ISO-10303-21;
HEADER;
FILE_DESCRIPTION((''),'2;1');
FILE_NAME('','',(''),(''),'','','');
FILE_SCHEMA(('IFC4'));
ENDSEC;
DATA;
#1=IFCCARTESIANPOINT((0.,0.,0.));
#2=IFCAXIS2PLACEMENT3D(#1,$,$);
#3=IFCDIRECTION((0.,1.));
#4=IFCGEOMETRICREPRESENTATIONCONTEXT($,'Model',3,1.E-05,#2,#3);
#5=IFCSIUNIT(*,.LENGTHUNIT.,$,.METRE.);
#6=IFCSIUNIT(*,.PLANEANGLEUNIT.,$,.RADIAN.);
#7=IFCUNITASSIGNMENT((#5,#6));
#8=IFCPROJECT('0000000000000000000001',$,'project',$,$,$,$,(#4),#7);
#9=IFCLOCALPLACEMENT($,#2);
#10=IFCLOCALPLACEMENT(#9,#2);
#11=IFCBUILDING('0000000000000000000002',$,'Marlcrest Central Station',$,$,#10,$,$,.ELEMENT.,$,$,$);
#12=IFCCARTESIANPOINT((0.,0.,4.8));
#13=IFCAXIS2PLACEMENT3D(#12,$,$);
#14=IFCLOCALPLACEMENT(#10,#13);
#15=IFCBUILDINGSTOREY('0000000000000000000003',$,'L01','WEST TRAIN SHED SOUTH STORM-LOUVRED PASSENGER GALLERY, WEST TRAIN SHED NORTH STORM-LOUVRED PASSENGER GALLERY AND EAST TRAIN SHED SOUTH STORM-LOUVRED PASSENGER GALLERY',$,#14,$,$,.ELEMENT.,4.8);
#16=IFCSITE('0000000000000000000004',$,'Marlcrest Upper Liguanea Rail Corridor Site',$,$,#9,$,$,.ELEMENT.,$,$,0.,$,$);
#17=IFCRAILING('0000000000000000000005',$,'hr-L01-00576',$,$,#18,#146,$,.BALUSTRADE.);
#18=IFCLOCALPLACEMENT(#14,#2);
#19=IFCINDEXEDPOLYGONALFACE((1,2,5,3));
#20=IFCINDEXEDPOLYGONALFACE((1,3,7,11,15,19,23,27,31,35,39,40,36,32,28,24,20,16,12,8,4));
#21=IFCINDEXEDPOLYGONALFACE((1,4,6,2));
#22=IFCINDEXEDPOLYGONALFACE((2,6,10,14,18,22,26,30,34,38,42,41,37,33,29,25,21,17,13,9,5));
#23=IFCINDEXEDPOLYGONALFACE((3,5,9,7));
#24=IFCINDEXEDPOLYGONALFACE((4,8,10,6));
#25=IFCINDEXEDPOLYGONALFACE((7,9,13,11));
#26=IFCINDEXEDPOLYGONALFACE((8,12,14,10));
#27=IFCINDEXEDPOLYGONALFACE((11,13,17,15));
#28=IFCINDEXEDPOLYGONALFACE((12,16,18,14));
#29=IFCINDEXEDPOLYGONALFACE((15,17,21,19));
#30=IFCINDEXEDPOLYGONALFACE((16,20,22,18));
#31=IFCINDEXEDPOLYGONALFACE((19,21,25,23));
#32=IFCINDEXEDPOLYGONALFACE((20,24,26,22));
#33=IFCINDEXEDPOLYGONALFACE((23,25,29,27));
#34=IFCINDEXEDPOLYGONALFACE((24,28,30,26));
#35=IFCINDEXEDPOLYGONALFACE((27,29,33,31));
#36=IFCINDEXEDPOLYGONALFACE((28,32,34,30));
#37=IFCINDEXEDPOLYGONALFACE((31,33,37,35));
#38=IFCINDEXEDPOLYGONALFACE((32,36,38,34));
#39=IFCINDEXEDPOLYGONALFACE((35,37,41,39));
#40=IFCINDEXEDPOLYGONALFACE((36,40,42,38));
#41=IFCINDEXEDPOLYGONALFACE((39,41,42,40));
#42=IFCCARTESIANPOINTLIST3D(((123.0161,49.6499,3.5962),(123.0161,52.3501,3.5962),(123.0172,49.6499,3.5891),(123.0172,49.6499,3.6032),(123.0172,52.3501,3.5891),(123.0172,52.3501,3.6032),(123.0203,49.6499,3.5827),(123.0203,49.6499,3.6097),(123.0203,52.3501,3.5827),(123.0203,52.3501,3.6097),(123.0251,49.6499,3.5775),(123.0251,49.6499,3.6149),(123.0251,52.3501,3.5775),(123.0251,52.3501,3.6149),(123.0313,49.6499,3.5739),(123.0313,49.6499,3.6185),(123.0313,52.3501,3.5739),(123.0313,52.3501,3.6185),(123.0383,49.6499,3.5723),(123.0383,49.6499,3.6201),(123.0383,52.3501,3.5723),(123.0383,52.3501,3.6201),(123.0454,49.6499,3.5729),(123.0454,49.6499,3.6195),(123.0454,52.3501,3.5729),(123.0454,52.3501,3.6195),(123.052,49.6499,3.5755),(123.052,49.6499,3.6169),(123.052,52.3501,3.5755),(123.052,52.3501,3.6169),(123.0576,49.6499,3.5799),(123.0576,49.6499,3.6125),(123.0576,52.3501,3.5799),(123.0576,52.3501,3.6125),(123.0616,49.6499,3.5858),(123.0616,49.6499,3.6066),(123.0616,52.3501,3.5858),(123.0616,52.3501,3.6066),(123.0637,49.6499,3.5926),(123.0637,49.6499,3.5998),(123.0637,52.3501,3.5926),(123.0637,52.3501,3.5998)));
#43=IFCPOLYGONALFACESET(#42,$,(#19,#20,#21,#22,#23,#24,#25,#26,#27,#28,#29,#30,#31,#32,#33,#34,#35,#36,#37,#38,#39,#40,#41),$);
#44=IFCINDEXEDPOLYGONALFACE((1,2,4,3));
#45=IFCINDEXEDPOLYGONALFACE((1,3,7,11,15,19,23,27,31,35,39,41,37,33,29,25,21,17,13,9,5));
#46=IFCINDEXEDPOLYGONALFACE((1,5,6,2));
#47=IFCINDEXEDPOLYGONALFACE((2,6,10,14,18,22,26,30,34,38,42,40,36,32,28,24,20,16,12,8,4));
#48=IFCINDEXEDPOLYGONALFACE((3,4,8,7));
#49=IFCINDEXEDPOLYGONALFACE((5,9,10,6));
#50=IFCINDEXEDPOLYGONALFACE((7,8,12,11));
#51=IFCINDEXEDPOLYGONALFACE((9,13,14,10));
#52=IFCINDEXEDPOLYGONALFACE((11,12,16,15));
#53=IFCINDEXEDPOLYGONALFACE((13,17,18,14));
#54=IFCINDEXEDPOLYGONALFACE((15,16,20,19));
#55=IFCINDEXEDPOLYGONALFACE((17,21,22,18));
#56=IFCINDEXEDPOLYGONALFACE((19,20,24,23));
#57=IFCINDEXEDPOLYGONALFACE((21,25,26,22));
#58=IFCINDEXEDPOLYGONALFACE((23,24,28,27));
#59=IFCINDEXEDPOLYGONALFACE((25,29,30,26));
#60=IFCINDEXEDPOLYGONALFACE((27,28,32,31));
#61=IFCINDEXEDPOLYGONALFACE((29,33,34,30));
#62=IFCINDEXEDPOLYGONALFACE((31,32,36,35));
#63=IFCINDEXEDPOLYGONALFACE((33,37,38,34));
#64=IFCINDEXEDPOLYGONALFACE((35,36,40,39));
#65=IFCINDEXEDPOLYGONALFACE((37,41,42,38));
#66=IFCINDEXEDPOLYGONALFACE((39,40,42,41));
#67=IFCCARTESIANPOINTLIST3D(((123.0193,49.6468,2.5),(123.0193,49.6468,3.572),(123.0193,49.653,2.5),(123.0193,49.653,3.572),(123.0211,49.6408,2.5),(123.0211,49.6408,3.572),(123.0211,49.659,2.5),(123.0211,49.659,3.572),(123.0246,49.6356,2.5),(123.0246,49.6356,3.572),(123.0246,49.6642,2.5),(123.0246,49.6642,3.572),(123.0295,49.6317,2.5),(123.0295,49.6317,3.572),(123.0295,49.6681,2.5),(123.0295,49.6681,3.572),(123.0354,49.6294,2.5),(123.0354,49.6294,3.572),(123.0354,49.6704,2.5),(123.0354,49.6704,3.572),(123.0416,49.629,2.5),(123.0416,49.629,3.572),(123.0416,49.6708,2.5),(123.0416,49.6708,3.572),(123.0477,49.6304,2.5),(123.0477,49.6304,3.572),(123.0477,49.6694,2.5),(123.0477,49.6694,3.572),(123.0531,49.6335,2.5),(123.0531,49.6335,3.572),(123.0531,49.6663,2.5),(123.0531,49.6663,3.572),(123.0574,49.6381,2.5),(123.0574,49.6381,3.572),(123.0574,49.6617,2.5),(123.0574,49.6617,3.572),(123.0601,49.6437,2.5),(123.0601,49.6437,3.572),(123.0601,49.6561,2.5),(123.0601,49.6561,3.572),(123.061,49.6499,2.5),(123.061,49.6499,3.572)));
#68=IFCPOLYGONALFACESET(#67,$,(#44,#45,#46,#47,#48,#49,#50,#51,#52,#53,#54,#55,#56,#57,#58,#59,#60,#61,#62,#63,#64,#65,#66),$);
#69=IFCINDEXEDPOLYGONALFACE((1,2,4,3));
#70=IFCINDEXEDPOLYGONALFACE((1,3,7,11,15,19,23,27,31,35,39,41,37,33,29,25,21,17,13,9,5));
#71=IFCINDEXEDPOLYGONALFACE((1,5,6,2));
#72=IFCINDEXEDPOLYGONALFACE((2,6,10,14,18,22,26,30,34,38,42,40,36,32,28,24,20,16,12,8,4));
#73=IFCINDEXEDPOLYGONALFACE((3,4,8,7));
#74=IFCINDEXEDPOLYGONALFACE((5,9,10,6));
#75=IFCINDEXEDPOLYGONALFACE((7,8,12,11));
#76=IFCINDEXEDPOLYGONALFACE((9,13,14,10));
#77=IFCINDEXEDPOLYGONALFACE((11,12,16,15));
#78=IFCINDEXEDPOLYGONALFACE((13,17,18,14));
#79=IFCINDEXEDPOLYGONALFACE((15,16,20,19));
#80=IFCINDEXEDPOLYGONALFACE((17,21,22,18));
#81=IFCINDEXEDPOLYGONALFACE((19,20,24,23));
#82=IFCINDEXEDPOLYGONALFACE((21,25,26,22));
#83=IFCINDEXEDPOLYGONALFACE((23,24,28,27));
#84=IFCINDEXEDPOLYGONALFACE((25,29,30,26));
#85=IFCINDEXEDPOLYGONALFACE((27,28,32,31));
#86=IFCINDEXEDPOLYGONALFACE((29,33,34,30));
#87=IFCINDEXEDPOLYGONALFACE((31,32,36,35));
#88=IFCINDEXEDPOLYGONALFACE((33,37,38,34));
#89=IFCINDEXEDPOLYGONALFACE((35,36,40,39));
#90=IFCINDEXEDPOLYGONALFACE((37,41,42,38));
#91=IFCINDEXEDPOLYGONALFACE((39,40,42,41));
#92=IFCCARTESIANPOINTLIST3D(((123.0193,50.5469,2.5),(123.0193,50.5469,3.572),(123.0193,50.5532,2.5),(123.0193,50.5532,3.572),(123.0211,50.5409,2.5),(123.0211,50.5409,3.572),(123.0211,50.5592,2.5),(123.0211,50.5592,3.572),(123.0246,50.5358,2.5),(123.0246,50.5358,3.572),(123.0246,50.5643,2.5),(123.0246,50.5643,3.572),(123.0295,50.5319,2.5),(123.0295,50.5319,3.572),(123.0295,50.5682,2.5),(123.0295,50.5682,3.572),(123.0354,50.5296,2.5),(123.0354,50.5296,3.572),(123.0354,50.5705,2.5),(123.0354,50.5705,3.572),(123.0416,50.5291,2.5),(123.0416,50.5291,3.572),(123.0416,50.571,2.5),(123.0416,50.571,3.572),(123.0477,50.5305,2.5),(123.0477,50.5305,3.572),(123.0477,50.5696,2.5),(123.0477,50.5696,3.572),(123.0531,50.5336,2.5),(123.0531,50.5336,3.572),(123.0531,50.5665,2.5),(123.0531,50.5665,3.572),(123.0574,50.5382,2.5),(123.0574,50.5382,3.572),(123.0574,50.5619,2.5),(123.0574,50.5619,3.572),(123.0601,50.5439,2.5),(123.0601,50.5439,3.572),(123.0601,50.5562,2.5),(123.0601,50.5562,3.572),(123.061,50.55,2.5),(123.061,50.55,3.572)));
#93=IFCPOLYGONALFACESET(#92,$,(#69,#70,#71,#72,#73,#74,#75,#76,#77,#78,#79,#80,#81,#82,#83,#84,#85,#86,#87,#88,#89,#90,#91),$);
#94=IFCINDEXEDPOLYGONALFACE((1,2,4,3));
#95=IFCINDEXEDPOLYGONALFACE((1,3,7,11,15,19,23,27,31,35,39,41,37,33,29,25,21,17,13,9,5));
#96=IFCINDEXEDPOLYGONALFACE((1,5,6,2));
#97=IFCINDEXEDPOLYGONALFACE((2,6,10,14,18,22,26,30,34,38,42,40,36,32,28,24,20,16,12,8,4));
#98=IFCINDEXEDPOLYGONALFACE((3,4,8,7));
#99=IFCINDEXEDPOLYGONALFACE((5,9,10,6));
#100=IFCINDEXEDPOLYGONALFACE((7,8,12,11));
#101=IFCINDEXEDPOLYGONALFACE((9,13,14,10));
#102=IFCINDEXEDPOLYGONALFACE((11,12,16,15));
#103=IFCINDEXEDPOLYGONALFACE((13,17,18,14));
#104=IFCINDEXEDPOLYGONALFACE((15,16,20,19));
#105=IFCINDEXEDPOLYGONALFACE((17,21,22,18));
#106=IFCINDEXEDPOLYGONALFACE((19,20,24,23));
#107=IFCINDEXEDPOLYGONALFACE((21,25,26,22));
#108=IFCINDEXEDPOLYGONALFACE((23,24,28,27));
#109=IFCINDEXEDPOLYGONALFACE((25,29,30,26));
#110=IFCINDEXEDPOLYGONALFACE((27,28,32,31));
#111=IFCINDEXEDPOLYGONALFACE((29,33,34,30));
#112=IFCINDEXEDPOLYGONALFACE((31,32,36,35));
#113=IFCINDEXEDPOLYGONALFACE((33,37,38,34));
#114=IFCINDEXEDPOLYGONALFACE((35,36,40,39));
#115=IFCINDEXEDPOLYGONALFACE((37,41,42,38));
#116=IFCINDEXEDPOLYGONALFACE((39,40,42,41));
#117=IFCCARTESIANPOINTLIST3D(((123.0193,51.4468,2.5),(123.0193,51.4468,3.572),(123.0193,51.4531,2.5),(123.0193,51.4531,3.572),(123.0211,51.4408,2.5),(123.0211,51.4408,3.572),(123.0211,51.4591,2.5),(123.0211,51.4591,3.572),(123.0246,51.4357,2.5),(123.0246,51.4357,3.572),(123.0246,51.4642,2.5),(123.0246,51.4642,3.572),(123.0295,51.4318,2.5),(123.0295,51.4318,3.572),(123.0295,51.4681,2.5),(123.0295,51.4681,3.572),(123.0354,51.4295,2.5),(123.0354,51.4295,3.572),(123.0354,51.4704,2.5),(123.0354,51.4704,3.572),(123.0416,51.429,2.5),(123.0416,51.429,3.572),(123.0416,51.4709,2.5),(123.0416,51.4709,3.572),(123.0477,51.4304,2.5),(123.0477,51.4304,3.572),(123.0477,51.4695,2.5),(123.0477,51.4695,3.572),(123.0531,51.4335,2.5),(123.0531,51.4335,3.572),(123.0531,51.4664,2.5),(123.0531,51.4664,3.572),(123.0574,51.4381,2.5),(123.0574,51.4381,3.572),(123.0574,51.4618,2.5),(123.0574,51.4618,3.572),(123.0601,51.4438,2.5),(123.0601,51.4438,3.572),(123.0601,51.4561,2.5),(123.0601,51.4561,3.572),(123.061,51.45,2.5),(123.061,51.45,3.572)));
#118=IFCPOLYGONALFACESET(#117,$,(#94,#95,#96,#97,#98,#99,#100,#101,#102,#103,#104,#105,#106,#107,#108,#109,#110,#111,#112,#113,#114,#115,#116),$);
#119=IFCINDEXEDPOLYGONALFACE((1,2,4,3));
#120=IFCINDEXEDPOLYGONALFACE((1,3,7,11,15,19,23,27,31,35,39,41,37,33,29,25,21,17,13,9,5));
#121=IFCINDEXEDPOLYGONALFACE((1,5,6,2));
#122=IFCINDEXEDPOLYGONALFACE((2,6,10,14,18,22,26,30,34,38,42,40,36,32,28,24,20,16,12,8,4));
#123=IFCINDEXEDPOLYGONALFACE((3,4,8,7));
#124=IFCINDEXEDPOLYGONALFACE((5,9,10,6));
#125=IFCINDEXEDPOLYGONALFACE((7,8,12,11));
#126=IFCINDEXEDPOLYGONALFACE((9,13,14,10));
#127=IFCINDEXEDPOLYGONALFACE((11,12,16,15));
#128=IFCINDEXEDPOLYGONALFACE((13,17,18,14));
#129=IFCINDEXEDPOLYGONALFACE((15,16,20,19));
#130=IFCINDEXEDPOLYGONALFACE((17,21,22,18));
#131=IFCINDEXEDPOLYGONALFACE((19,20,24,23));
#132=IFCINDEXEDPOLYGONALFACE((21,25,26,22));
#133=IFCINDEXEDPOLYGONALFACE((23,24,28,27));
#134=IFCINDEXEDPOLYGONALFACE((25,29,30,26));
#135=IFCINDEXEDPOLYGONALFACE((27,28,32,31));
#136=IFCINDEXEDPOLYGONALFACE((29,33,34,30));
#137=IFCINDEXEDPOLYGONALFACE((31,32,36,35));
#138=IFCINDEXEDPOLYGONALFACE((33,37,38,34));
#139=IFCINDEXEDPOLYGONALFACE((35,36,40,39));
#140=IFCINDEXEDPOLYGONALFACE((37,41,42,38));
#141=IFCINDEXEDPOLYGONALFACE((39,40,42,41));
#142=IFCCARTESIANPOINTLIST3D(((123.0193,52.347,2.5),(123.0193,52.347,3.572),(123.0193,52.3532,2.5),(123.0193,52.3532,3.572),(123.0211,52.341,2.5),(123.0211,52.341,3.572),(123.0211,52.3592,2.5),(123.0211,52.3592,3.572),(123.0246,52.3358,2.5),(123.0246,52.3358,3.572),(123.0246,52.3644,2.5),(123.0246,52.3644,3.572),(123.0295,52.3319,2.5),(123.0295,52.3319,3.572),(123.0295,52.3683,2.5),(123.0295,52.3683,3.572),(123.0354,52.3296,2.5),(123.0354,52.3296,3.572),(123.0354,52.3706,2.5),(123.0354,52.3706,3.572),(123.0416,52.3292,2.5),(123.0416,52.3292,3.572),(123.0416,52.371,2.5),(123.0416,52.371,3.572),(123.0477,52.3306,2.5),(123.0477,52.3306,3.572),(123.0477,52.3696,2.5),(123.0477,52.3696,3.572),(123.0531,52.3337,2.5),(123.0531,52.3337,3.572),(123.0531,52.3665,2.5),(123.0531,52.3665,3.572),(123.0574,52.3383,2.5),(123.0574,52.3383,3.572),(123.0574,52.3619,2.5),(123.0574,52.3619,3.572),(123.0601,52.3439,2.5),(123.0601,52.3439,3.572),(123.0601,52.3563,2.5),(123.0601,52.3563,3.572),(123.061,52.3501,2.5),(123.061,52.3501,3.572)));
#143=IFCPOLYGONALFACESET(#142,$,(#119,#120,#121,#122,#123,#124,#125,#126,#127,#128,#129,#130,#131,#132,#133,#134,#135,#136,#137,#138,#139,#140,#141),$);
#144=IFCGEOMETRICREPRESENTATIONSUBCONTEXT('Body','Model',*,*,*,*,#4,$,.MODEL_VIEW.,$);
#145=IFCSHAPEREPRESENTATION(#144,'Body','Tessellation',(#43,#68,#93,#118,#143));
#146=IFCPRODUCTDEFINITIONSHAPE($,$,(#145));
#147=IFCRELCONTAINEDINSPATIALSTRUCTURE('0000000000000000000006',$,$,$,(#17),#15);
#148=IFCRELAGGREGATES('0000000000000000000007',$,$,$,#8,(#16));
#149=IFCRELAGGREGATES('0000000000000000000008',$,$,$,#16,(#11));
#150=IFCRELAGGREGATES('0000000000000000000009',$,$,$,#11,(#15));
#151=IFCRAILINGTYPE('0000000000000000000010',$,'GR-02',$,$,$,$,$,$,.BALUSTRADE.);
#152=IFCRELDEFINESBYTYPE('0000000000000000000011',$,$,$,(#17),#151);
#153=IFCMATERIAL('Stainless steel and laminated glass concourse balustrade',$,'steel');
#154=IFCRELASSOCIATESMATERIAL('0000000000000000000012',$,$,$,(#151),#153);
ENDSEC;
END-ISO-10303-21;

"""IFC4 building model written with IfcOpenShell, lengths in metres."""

from ifc_helpers import new_model, si_unit, direction, frame, origin, origin_2d, place, context, subcontext, project, spatial, circle, extrude, material, type_object, element, save


model = new_model("IFC4")

# Units and contexts
model_context = context("Model", 3, precision=1e-05, world=origin(), true_north=direction((0.0, 1.0)))
body_context = subcontext(model_context, "Body", "Model", "MODEL_VIEW")
ifc_project = project(units=[si_unit("LENGTHUNIT", "METRE"), si_unit("PLANEANGLEUNIT", "RADIAN")], contexts=[model_context])

# Site, building, storey
site_placement = place(None, origin())
site = spatial("IfcSite", under=ifc_project, at=site_placement, Name="Marlcrest Upper Liguanea Rail Corridor Site", CompositionType="ELEMENT", RefElevation=0.0)
building_placement = place(site_placement, origin())
building = spatial("IfcBuilding", under=site, at=building_placement, Name="Marlcrest Central Station", CompositionType="ELEMENT")
storey_placement = place(building_placement, frame((0.0, 0.0, 4.8)))
storey = spatial("IfcBuildingStorey", under=building, at=storey_placement, Name="L01", Description="WEST TRAIN SHED SOUTH STORM-LOUVRED PASSENGER GALLERY, WEST TRAIN SHED NORTH STORM-LOUVRED PASSENGER GALLERY AND EAST TRAIN SHED SOUTH STORM-LOUVRED PASSENGER GALLERY", CompositionType="ELEMENT", Elevation=4.8)

# Railing
ifc_material_1 = material(Name="Stainless steel and laminated glass concourse balustrade", Category="steel")
railing_type_1 = type_object("IfcRailingType", Name="GR-02", PredefinedType="BALUSTRADE", material=ifc_material_1)
railing_1_placement = place(storey_placement, frame((123.04, 49.6499, 2.5)))
element("IfcRailing", 1, at=railing_1_placement, inside=storey, type_object=railing_type_1, Name="hr-L01-00576", PredefinedType="BALUSTRADE", context=body_context, shape_type="SweptSolid", body=[
    extrude(circle(Radius=0.0239, at=origin_2d()), frame((0.0, 0.0, 1.0962), z_axis=(0.0, 1.0, 0.0), x_axis=(-1.0, 0.0, 0.0)), (0.0, 0.0, 1.0), 2.7002),
    extrude(circle(Radius=0.021, at=origin_2d()), origin(), (0.0, 0.0, 1.0), 1.072),
    extrude(circle(Radius=0.021, at=origin_2d()), frame((0.0, 0.9001, 0.0)), (0.0, 0.0, 1.0), 1.072),
    extrude(circle(Radius=0.021, at=origin_2d()), frame((0.0, 1.8, 0.0)), (0.0, 0.0, 1.0), 1.072),
    extrude(circle(Radius=0.021, at=origin_2d()), frame((0.0, 2.7002, 0.0)), (0.0, 0.0, 1.0), 1.072),
])

save(model, "model.ifc")
